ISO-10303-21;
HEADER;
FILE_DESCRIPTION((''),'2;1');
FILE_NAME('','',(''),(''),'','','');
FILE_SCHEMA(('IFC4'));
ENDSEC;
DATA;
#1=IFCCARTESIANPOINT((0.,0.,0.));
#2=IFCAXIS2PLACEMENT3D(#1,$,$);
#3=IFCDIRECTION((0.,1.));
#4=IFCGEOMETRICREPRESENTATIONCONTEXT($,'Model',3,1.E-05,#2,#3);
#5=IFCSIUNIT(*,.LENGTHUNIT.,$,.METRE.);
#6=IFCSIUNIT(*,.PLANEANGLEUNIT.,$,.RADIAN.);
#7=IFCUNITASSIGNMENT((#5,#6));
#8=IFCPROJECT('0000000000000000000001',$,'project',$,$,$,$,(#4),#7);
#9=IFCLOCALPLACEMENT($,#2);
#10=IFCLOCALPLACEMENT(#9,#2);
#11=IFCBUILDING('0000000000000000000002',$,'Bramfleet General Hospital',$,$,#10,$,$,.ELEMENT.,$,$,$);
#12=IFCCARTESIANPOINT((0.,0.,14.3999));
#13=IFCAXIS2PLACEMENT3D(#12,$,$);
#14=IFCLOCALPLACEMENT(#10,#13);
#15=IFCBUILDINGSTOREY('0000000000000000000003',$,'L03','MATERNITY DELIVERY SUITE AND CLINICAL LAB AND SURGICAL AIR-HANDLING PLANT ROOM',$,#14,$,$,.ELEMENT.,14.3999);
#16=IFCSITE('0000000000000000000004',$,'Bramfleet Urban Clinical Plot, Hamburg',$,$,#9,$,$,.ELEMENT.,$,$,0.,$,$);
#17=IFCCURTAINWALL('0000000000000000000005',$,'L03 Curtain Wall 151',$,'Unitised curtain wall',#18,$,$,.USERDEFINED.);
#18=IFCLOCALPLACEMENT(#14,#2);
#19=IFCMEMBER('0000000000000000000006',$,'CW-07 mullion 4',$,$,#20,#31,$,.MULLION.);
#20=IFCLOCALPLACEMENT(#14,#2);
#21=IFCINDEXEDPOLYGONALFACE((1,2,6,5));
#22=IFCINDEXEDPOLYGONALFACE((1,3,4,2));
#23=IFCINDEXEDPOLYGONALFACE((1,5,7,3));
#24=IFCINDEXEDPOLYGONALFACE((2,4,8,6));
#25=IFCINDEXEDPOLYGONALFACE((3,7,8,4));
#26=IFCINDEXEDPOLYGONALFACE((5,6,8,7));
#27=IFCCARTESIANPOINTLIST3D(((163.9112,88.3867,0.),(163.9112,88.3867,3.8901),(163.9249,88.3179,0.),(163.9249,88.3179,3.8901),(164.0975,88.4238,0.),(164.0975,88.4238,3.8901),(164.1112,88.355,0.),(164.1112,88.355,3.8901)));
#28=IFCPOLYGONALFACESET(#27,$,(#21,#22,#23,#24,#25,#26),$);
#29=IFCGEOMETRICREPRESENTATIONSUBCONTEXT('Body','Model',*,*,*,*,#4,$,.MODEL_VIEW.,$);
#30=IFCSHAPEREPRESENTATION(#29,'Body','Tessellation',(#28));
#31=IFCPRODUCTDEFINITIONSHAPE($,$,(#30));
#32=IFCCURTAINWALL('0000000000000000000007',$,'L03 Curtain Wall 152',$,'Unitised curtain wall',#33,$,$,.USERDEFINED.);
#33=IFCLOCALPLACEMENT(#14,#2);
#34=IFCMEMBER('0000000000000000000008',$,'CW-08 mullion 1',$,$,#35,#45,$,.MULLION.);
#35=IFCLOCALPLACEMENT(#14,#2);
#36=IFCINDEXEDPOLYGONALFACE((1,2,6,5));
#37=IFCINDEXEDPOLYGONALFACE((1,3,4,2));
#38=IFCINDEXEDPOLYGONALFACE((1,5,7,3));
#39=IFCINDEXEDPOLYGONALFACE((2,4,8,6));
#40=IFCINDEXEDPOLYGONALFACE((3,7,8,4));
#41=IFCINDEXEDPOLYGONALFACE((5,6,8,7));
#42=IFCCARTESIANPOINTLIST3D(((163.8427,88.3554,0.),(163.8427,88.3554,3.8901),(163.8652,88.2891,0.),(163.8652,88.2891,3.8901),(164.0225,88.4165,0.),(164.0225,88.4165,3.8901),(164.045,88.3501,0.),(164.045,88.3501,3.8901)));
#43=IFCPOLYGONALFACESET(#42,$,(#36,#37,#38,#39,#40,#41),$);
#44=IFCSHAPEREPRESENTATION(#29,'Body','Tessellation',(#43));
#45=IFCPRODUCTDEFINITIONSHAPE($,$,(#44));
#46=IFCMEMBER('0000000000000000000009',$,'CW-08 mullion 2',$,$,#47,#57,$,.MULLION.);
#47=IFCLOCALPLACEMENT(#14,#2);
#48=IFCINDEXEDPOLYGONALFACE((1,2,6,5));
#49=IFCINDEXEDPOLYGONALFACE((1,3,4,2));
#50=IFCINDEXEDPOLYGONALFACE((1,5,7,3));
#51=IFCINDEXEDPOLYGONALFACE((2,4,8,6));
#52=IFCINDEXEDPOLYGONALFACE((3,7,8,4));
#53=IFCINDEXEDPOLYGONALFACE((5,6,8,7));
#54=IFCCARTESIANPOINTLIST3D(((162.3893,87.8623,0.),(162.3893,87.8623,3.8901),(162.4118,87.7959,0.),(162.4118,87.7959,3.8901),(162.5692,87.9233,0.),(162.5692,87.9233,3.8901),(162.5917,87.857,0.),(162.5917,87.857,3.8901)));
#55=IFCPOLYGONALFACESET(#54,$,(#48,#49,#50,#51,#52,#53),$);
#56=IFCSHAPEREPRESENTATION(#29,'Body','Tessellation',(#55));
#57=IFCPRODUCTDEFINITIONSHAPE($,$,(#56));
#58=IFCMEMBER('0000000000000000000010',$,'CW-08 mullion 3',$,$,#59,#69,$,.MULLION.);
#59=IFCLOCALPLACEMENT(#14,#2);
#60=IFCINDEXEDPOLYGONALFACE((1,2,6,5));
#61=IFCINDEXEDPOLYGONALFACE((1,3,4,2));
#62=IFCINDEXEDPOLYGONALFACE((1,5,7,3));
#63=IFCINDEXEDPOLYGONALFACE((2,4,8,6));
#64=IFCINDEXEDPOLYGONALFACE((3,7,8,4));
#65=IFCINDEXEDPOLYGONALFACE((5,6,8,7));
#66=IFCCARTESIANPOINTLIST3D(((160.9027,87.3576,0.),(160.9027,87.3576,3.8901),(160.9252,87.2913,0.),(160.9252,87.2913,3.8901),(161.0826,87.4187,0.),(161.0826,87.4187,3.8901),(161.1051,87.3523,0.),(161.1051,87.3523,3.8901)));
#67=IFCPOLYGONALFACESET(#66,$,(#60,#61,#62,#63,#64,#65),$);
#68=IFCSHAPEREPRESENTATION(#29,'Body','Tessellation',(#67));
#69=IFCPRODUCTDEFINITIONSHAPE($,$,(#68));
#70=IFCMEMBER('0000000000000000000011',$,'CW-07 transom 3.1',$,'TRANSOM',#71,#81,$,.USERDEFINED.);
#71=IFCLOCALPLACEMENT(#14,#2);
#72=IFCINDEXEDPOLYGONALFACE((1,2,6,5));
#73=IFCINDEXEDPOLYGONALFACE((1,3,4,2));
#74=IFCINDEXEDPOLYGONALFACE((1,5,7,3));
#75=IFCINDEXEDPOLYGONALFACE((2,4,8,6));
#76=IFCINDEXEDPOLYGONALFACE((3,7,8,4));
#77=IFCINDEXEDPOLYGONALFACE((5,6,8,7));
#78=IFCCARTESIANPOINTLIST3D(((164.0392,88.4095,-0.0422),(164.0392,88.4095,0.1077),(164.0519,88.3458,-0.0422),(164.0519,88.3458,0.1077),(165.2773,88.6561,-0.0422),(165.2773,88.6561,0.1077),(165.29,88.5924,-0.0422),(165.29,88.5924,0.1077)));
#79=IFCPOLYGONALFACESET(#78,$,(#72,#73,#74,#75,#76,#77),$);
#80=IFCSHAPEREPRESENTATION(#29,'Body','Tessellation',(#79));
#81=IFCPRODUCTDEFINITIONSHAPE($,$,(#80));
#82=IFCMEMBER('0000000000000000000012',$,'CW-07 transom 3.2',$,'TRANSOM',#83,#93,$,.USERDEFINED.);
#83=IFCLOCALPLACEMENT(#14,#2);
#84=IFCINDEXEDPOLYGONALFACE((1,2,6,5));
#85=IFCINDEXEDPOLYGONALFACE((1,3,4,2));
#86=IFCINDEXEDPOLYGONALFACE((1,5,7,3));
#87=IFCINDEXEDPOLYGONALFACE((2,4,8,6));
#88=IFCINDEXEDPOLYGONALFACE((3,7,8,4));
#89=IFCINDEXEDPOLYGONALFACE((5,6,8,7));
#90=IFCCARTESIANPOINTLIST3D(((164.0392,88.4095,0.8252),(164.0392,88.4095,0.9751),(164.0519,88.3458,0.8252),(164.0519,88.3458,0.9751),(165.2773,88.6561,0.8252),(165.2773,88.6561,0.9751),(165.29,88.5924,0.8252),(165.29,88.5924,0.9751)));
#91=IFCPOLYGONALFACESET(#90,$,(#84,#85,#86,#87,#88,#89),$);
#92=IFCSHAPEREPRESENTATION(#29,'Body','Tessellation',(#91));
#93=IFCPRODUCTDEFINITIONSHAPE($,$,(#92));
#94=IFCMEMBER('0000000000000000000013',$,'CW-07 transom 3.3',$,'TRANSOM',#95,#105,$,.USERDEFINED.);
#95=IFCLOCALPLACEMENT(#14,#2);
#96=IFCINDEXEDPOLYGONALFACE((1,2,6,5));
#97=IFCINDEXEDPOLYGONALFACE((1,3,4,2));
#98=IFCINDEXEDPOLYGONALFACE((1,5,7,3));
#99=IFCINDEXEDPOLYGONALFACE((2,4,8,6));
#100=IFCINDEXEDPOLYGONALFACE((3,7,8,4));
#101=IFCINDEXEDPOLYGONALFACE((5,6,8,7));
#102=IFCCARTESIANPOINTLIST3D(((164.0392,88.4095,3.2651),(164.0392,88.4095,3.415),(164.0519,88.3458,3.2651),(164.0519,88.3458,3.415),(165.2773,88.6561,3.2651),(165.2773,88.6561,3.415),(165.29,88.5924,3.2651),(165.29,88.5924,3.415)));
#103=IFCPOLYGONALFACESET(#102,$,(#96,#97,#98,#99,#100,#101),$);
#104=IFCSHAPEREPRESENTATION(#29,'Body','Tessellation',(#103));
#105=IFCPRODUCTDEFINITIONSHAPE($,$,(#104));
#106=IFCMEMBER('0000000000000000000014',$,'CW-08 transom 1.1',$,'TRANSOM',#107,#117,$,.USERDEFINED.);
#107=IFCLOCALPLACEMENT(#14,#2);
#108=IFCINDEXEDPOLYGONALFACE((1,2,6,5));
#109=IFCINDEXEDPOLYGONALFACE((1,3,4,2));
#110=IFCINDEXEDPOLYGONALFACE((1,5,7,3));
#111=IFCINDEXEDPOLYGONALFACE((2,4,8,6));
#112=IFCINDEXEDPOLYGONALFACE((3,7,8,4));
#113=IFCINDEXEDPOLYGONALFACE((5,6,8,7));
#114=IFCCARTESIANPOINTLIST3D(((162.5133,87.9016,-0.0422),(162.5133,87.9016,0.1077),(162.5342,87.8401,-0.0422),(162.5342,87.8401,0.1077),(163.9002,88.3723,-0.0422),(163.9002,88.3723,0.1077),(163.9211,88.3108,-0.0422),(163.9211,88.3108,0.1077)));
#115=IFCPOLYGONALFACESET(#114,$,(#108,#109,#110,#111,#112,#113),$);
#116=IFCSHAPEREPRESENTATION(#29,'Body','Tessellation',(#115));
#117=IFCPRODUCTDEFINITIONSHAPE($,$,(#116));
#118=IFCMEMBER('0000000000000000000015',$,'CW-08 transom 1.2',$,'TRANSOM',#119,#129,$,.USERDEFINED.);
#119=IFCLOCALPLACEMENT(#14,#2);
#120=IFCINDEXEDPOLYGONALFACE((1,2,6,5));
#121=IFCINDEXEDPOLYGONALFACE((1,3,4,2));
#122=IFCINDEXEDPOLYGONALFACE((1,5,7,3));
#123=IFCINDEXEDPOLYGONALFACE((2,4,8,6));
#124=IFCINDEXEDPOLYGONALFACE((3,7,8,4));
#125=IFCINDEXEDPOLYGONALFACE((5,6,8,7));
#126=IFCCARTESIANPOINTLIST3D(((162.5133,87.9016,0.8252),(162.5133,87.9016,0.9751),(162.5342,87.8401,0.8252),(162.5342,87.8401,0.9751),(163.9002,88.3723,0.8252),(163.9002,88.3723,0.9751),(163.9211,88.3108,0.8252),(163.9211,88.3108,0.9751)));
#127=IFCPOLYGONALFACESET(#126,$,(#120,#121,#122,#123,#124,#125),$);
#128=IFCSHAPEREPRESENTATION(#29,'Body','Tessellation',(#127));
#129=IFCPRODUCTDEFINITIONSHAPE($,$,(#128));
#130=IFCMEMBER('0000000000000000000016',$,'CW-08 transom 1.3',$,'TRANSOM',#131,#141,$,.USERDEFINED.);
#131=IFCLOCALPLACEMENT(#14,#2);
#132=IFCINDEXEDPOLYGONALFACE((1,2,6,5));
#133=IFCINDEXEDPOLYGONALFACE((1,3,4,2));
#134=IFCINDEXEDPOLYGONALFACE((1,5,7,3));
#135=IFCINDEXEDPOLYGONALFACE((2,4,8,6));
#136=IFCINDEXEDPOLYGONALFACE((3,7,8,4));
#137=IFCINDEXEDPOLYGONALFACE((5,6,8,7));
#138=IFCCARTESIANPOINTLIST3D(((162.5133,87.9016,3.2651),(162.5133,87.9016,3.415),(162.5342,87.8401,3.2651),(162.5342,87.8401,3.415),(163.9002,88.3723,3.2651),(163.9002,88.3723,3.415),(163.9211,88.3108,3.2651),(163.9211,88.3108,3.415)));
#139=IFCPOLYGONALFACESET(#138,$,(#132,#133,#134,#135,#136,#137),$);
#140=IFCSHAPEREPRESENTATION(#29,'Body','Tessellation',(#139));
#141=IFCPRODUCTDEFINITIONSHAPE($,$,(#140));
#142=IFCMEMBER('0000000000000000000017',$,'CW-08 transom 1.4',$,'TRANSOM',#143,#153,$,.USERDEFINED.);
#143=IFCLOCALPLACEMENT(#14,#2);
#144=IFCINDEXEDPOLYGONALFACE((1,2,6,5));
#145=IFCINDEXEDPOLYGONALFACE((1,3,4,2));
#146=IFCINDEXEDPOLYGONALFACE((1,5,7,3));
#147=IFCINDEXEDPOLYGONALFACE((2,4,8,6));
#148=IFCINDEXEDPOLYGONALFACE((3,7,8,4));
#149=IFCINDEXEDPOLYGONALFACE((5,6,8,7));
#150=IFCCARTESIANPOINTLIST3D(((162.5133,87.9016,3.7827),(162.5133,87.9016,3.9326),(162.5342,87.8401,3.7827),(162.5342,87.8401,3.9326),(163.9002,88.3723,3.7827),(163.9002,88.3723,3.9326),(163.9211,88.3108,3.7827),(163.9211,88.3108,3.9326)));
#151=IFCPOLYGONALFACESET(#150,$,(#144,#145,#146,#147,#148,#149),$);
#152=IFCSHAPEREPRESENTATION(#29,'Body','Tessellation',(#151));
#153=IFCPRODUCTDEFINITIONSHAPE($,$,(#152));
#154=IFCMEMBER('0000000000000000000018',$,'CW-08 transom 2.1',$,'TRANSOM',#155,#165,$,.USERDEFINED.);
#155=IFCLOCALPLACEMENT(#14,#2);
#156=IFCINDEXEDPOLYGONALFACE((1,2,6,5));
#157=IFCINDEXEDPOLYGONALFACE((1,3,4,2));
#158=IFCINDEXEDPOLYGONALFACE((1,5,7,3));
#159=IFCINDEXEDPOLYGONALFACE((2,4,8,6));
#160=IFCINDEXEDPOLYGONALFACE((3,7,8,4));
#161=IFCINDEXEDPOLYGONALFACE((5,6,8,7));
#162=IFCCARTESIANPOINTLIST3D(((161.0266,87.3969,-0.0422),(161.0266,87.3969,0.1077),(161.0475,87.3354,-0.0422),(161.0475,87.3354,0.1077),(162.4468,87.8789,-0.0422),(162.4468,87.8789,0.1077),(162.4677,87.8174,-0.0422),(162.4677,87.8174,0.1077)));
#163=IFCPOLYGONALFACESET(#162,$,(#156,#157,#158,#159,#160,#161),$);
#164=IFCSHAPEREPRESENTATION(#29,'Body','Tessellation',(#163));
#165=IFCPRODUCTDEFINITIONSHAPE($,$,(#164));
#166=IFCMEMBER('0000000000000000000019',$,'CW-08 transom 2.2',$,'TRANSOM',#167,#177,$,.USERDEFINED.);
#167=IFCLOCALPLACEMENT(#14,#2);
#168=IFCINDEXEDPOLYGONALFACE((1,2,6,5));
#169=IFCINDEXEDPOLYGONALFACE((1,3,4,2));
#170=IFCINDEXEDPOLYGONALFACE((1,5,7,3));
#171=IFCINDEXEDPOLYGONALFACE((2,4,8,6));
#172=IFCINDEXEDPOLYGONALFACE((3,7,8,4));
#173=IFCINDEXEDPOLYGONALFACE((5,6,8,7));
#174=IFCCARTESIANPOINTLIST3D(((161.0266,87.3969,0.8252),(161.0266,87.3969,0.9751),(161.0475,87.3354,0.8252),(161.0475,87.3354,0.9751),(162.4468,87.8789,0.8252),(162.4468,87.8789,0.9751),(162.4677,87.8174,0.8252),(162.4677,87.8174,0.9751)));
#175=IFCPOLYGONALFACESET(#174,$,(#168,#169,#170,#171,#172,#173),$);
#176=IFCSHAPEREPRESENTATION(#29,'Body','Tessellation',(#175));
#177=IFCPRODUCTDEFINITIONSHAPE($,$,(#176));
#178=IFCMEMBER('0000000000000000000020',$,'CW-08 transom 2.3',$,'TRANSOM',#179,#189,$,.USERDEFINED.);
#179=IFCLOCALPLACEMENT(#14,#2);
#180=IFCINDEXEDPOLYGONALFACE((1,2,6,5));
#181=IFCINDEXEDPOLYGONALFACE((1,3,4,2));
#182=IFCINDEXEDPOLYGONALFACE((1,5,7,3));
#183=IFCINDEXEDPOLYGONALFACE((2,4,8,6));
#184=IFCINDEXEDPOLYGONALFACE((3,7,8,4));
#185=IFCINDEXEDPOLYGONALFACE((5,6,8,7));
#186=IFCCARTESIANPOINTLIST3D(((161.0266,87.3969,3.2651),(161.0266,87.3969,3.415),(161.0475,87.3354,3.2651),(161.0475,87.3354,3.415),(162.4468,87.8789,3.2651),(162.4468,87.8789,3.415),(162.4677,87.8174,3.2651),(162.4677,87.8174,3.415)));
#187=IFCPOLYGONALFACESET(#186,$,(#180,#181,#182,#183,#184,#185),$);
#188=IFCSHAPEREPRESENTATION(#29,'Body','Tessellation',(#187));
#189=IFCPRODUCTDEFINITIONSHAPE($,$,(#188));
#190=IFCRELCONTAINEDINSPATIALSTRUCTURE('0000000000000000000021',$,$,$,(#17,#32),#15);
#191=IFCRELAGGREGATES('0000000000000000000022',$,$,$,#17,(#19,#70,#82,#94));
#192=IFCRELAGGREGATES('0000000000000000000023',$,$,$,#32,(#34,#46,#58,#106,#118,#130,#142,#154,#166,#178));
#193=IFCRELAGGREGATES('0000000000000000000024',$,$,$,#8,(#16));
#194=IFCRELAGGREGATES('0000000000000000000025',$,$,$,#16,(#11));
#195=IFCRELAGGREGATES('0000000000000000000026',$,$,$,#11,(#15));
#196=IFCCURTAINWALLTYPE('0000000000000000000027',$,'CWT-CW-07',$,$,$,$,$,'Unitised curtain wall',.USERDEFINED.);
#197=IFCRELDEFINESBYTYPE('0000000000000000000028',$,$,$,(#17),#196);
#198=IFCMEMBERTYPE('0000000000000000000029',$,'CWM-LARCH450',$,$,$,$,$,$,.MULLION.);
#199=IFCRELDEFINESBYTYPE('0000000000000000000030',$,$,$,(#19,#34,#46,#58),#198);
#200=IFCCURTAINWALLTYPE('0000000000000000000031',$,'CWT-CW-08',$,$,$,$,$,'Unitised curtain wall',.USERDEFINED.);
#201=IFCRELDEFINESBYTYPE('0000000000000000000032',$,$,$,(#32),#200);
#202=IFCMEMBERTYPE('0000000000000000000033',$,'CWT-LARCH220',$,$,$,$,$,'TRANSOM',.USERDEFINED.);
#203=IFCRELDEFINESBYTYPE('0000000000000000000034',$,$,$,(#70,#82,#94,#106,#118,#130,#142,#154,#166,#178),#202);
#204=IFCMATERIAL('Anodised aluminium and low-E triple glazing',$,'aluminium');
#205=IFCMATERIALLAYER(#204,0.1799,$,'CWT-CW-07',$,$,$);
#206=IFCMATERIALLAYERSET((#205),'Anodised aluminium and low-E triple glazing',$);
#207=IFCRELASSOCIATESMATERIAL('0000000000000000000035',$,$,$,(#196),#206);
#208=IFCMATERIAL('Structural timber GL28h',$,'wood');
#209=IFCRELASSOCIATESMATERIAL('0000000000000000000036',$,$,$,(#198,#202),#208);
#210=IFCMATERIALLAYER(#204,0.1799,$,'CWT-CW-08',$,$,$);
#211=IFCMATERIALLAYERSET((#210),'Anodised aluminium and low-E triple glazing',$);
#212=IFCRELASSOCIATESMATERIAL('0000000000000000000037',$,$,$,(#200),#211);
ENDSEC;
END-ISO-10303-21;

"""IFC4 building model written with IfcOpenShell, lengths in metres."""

from ifc_helpers import new_model, si_unit, direction, frame, origin, origin_2d, place, context, subcontext, project, spatial, rectangle, extrude, material, layer, layer_set, material_profile, profile_set, type_object, element, aggregate, save


model = new_model("IFC4")

# Units and contexts
model_context = context("Model", 3, precision=1e-05, world=origin(), true_north=direction((0.0, 1.0)))
body_context = subcontext(model_context, "Body", "Model", "MODEL_VIEW")
ifc_project = project(units=[si_unit("LENGTHUNIT", "METRE"), si_unit("PLANEANGLEUNIT", "RADIAN")], contexts=[model_context])

# Site, building, storey
site_placement = place(None, origin())
site = spatial("IfcSite", under=ifc_project, at=site_placement, Name="Bramfleet Urban Clinical Plot, Hamburg", CompositionType="ELEMENT", RefElevation=0.0)
building_placement = place(site_placement, origin())
building = spatial("IfcBuilding", under=site, at=building_placement, Name="Bramfleet General Hospital", CompositionType="ELEMENT")
storey_placement = place(building_placement, frame((0.0, 0.0, 14.3999)))
storey = spatial("IfcBuildingStorey", under=building, at=storey_placement, Name="L03", Description="MATERNITY DELIVERY SUITE AND CLINICAL LAB AND SURGICAL AIR-HANDLING PLANT ROOM", CompositionType="ELEMENT", Elevation=14.3999)

# Curtain wall, member
ifc_material_1 = material(Name="Anodised aluminium and low-E triple glazing", Category="aluminium")
ifc_layer_1 = layer(ifc_material_1, 0.1799, Name="CWT-CW-07")
ifc_layer_set_1 = layer_set([ifc_layer_1], Name="Anodised aluminium and low-E triple glazing")
curtain_wall_type_1 = type_object("IfcCurtainWallType", Name="CWT-CW-07", ElementType="Unitised curtain wall", PredefinedType="USERDEFINED", material=ifc_layer_set_1)
curtain_wall_1_placement = place(storey_placement, origin())
curtain_wall_1 = element("IfcCurtainWall", 1, at=curtain_wall_1_placement, inside=storey, type_object=curtain_wall_type_1, Name="L03 Curtain Wall 151", ObjectType="Unitised curtain wall", PredefinedType="USERDEFINED")
ifc_material_2 = material(Name="Structural timber GL28h", Category="wood")
ifc_material_profile_1 = material_profile(ifc_material_2, rectangle(XDim=0.0701, YDim=0.1899, at=origin_2d()), Name="LARCH 190x70")
ifc_profile_set_1 = profile_set([ifc_material_profile_1], Name="Structural timber GL28h")
member_type_1 = type_object("IfcMemberType", Name="CWM-LARCH450", PredefinedType="MULLION", material=ifc_profile_set_1)
member_1_placement = place(storey_placement, frame((164.0112, 88.3708, 0.0), z_axis=(0.0, 0.0, 1.0), x_axis=(0.195272, -0.980749, 0.0)))
member_1 = element("IfcMember", 2, at=member_1_placement, type_object=member_type_1, Name="CW-07 mullion 4", PredefinedType="MULLION", context=body_context, shape_type="SweptSolid", body=[
    extrude(rectangle(XDim=0.0701, YDim=0.1899, at=origin_2d()), origin(), (0.0, 0.0, 1.0), 3.8901),
])

# Curtain wall, members
ifc_layer_2 = layer(ifc_material_1, 0.1799, Name="CWT-CW-08")
ifc_layer_set_2 = layer_set([ifc_layer_2], Name="Anodised aluminium and low-E triple glazing")
curtain_wall_type_2 = type_object("IfcCurtainWallType", Name="CWT-CW-08", ElementType="Unitised curtain wall", PredefinedType="USERDEFINED", material=ifc_layer_set_2)
curtain_wall_2_placement = place(storey_placement, origin())
curtain_wall_2 = element("IfcCurtainWall", 3, at=curtain_wall_2_placement, inside=storey, type_object=curtain_wall_type_2, Name="L03 Curtain Wall 152", ObjectType="Unitised curtain wall", PredefinedType="USERDEFINED")
member_2_placement = place(storey_placement, frame((163.9438, 88.3528, 0.0), z_axis=(0.0, 0.0, 1.0), x_axis=(0.321383, -0.946949, 0.0)))
member_2 = element("IfcMember", 4, at=member_2_placement, type_object=member_type_1, Name="CW-08 mullion 1", PredefinedType="MULLION", context=body_context, shape_type="SweptSolid", body=[
    extrude(rectangle(XDim=0.0701, YDim=0.1899, at=origin_2d()), origin(), (0.0, 0.0, 1.0), 3.8901),
])
member_3_placement = place(storey_placement, frame((162.4905, 87.8596, 0.0), z_axis=(0.0, 0.0, 1.0), x_axis=(0.321383, -0.946949, 0.0)))
member_3 = element("IfcMember", 5, at=member_3_placement, type_object=member_type_1, Name="CW-08 mullion 2", PredefinedType="MULLION", context=body_context, shape_type="SweptSolid", body=[
    extrude(rectangle(XDim=0.0701, YDim=0.1899, at=origin_2d()), origin(), (0.0, 0.0, 1.0), 3.8901),
])
member_4_placement = place(storey_placement, frame((161.0039, 87.355, 0.0), z_axis=(0.0, 0.0, 1.0), x_axis=(0.321383, -0.946949, 0.0)))
member_4 = element("IfcMember", 6, at=member_4_placement, type_object=member_type_1, Name="CW-08 mullion 3", PredefinedType="MULLION", context=body_context, shape_type="SweptSolid", body=[
    extrude(rectangle(XDim=0.0701, YDim=0.1899, at=origin_2d()), origin(), (0.0, 0.0, 1.0), 3.8901),
])

# Members
ifc_material_profile_2 = material_profile(ifc_material_2, rectangle(XDim=0.0649, YDim=0.1499, at=origin_2d()), Name="LARCH 150x65")
ifc_profile_set_2 = profile_set([ifc_material_profile_2], Name="Structural timber GL28h")
member_type_2 = type_object("IfcMemberType", Name="CWT-LARCH220", ElementType="TRANSOM", PredefinedType="USERDEFINED", material=ifc_profile_set_2)
member_5_placement = place(storey_placement, frame((165.2837, 88.6243, 0.0327), z_axis=(-0.980737, -0.195335, 0.0), x_axis=(0.195335, -0.980737, 0.0)))
member_5 = element("IfcMember", 7, at=member_5_placement, type_object=member_type_2, Name="CW-07 transom 3.1", ObjectType="TRANSOM", PredefinedType="USERDEFINED", context=body_context, shape_type="SweptSolid", body=[
    extrude(rectangle(XDim=0.0649, YDim=0.1499, at=origin_2d()), origin(), (0.0, 0.0, 1.0), 1.2625),
])
member_6_placement = place(storey_placement, frame((165.2837, 88.6243, 0.9001), z_axis=(-0.980737, -0.195335, 0.0), x_axis=(0.195335, -0.980737, 0.0)))
member_6 = element("IfcMember", 8, at=member_6_placement, type_object=member_type_2, Name="CW-07 transom 3.2", ObjectType="TRANSOM", PredefinedType="USERDEFINED", context=body_context, shape_type="SweptSolid", body=[
    extrude(rectangle(XDim=0.0649, YDim=0.1499, at=origin_2d()), origin(), (0.0, 0.0, 1.0), 1.2625),
])
member_7_placement = place(storey_placement, frame((165.2837, 88.6243, 3.3401), z_axis=(-0.980737, -0.195335, 0.0), x_axis=(0.195335, -0.980737, 0.0)))
member_7 = element("IfcMember", 9, at=member_7_placement, type_object=member_type_2, Name="CW-07 transom 3.3", ObjectType="TRANSOM", PredefinedType="USERDEFINED", context=body_context, shape_type="SweptSolid", body=[
    extrude(rectangle(XDim=0.0649, YDim=0.1499, at=origin_2d()), origin(), (0.0, 0.0, 1.0), 1.2625),
])
member_8_placement = place(storey_placement, frame((163.9106, 88.3416, 0.0327), z_axis=(-0.946952, -0.321374, 0.0), x_axis=(0.321374, -0.946952, 0.0)))
member_8 = element("IfcMember", 10, at=member_8_placement, type_object=member_type_2, Name="CW-08 transom 1.1", ObjectType="TRANSOM", PredefinedType="USERDEFINED", context=body_context, shape_type="SweptSolid", body=[
    extrude(rectangle(XDim=0.0649, YDim=0.1499, at=origin_2d()), origin(), (0.0, 0.0, 1.0), 1.4646),
])
member_9_placement = place(storey_placement, frame((163.9106, 88.3416, 0.9001), z_axis=(-0.946952, -0.321374, 0.0), x_axis=(0.321374, -0.946952, 0.0)))
member_9 = element("IfcMember", 11, at=member_9_placement, type_object=member_type_2, Name="CW-08 transom 1.2", ObjectType="TRANSOM", PredefinedType="USERDEFINED", context=body_context, shape_type="SweptSolid", body=[
    extrude(rectangle(XDim=0.0649, YDim=0.1499, at=origin_2d()), origin(), (0.0, 0.0, 1.0), 1.4646),
])
member_10_placement = place(storey_placement, frame((163.9106, 88.3416, 3.3401), z_axis=(-0.946952, -0.321374, 0.0), x_axis=(0.321374, -0.946952, 0.0)))
member_10 = element("IfcMember", 12, at=member_10_placement, type_object=member_type_2, Name="CW-08 transom 1.3", ObjectType="TRANSOM", PredefinedType="USERDEFINED", context=body_context, shape_type="SweptSolid", body=[
    extrude(rectangle(XDim=0.0649, YDim=0.1499, at=origin_2d()), origin(), (0.0, 0.0, 1.0), 1.4646),
])
member_11_placement = place(storey_placement, frame((163.9106, 88.3416, 3.8577), z_axis=(-0.946952, -0.321374, 0.0), x_axis=(0.321374, -0.946952, 0.0)))
member_11 = element("IfcMember", 13, at=member_11_placement, type_object=member_type_2, Name="CW-08 transom 1.4", ObjectType="TRANSOM", PredefinedType="USERDEFINED", context=body_context, shape_type="SweptSolid", body=[
    extrude(rectangle(XDim=0.0649, YDim=0.1499, at=origin_2d()), origin(), (0.0, 0.0, 1.0), 1.4646),
])
member_12_placement = place(storey_placement, frame((162.4573, 87.8481, 0.0327), z_axis=(-0.94696, -0.321351, 0.0), x_axis=(0.321351, -0.94696, 0.0)))
member_12 = element("IfcMember", 14, at=member_12_placement, type_object=member_type_2, Name="CW-08 transom 2.1", ObjectType="TRANSOM", PredefinedType="USERDEFINED", context=body_context, shape_type="SweptSolid", body=[
    extrude(rectangle(XDim=0.0649, YDim=0.1499, at=origin_2d()), origin(), (0.0, 0.0, 1.0), 1.4998),
])
member_13_placement = place(storey_placement, frame((162.4573, 87.8481, 0.9001), z_axis=(-0.94696, -0.321351, 0.0), x_axis=(0.321351, -0.94696, 0.0)))
member_13 = element("IfcMember", 15, at=member_13_placement, type_object=member_type_2, Name="CW-08 transom 2.2", ObjectType="TRANSOM", PredefinedType="USERDEFINED", context=body_context, shape_type="SweptSolid", body=[
    extrude(rectangle(XDim=0.0649, YDim=0.1499, at=origin_2d()), origin(), (0.0, 0.0, 1.0), 1.4998),
])
member_14_placement = place(storey_placement, frame((162.4573, 87.8481, 3.3401), z_axis=(-0.94696, -0.321351, 0.0), x_axis=(0.321351, -0.94696, 0.0)))
member_14 = element("IfcMember", 16, at=member_14_placement, type_object=member_type_2, Name="CW-08 transom 2.3", ObjectType="TRANSOM", PredefinedType="USERDEFINED", context=body_context, shape_type="SweptSolid", body=[
    extrude(rectangle(XDim=0.0649, YDim=0.1499, at=origin_2d()), origin(), (0.0, 0.0, 1.0), 1.4998),
])

aggregate(curtain_wall_1, [member_1, member_5, member_6, member_7])
aggregate(curtain_wall_2, [member_2, member_3, member_4, member_8, member_9, member_10, member_11, member_12, member_13, member_14])

save(model, "model.ifc")
